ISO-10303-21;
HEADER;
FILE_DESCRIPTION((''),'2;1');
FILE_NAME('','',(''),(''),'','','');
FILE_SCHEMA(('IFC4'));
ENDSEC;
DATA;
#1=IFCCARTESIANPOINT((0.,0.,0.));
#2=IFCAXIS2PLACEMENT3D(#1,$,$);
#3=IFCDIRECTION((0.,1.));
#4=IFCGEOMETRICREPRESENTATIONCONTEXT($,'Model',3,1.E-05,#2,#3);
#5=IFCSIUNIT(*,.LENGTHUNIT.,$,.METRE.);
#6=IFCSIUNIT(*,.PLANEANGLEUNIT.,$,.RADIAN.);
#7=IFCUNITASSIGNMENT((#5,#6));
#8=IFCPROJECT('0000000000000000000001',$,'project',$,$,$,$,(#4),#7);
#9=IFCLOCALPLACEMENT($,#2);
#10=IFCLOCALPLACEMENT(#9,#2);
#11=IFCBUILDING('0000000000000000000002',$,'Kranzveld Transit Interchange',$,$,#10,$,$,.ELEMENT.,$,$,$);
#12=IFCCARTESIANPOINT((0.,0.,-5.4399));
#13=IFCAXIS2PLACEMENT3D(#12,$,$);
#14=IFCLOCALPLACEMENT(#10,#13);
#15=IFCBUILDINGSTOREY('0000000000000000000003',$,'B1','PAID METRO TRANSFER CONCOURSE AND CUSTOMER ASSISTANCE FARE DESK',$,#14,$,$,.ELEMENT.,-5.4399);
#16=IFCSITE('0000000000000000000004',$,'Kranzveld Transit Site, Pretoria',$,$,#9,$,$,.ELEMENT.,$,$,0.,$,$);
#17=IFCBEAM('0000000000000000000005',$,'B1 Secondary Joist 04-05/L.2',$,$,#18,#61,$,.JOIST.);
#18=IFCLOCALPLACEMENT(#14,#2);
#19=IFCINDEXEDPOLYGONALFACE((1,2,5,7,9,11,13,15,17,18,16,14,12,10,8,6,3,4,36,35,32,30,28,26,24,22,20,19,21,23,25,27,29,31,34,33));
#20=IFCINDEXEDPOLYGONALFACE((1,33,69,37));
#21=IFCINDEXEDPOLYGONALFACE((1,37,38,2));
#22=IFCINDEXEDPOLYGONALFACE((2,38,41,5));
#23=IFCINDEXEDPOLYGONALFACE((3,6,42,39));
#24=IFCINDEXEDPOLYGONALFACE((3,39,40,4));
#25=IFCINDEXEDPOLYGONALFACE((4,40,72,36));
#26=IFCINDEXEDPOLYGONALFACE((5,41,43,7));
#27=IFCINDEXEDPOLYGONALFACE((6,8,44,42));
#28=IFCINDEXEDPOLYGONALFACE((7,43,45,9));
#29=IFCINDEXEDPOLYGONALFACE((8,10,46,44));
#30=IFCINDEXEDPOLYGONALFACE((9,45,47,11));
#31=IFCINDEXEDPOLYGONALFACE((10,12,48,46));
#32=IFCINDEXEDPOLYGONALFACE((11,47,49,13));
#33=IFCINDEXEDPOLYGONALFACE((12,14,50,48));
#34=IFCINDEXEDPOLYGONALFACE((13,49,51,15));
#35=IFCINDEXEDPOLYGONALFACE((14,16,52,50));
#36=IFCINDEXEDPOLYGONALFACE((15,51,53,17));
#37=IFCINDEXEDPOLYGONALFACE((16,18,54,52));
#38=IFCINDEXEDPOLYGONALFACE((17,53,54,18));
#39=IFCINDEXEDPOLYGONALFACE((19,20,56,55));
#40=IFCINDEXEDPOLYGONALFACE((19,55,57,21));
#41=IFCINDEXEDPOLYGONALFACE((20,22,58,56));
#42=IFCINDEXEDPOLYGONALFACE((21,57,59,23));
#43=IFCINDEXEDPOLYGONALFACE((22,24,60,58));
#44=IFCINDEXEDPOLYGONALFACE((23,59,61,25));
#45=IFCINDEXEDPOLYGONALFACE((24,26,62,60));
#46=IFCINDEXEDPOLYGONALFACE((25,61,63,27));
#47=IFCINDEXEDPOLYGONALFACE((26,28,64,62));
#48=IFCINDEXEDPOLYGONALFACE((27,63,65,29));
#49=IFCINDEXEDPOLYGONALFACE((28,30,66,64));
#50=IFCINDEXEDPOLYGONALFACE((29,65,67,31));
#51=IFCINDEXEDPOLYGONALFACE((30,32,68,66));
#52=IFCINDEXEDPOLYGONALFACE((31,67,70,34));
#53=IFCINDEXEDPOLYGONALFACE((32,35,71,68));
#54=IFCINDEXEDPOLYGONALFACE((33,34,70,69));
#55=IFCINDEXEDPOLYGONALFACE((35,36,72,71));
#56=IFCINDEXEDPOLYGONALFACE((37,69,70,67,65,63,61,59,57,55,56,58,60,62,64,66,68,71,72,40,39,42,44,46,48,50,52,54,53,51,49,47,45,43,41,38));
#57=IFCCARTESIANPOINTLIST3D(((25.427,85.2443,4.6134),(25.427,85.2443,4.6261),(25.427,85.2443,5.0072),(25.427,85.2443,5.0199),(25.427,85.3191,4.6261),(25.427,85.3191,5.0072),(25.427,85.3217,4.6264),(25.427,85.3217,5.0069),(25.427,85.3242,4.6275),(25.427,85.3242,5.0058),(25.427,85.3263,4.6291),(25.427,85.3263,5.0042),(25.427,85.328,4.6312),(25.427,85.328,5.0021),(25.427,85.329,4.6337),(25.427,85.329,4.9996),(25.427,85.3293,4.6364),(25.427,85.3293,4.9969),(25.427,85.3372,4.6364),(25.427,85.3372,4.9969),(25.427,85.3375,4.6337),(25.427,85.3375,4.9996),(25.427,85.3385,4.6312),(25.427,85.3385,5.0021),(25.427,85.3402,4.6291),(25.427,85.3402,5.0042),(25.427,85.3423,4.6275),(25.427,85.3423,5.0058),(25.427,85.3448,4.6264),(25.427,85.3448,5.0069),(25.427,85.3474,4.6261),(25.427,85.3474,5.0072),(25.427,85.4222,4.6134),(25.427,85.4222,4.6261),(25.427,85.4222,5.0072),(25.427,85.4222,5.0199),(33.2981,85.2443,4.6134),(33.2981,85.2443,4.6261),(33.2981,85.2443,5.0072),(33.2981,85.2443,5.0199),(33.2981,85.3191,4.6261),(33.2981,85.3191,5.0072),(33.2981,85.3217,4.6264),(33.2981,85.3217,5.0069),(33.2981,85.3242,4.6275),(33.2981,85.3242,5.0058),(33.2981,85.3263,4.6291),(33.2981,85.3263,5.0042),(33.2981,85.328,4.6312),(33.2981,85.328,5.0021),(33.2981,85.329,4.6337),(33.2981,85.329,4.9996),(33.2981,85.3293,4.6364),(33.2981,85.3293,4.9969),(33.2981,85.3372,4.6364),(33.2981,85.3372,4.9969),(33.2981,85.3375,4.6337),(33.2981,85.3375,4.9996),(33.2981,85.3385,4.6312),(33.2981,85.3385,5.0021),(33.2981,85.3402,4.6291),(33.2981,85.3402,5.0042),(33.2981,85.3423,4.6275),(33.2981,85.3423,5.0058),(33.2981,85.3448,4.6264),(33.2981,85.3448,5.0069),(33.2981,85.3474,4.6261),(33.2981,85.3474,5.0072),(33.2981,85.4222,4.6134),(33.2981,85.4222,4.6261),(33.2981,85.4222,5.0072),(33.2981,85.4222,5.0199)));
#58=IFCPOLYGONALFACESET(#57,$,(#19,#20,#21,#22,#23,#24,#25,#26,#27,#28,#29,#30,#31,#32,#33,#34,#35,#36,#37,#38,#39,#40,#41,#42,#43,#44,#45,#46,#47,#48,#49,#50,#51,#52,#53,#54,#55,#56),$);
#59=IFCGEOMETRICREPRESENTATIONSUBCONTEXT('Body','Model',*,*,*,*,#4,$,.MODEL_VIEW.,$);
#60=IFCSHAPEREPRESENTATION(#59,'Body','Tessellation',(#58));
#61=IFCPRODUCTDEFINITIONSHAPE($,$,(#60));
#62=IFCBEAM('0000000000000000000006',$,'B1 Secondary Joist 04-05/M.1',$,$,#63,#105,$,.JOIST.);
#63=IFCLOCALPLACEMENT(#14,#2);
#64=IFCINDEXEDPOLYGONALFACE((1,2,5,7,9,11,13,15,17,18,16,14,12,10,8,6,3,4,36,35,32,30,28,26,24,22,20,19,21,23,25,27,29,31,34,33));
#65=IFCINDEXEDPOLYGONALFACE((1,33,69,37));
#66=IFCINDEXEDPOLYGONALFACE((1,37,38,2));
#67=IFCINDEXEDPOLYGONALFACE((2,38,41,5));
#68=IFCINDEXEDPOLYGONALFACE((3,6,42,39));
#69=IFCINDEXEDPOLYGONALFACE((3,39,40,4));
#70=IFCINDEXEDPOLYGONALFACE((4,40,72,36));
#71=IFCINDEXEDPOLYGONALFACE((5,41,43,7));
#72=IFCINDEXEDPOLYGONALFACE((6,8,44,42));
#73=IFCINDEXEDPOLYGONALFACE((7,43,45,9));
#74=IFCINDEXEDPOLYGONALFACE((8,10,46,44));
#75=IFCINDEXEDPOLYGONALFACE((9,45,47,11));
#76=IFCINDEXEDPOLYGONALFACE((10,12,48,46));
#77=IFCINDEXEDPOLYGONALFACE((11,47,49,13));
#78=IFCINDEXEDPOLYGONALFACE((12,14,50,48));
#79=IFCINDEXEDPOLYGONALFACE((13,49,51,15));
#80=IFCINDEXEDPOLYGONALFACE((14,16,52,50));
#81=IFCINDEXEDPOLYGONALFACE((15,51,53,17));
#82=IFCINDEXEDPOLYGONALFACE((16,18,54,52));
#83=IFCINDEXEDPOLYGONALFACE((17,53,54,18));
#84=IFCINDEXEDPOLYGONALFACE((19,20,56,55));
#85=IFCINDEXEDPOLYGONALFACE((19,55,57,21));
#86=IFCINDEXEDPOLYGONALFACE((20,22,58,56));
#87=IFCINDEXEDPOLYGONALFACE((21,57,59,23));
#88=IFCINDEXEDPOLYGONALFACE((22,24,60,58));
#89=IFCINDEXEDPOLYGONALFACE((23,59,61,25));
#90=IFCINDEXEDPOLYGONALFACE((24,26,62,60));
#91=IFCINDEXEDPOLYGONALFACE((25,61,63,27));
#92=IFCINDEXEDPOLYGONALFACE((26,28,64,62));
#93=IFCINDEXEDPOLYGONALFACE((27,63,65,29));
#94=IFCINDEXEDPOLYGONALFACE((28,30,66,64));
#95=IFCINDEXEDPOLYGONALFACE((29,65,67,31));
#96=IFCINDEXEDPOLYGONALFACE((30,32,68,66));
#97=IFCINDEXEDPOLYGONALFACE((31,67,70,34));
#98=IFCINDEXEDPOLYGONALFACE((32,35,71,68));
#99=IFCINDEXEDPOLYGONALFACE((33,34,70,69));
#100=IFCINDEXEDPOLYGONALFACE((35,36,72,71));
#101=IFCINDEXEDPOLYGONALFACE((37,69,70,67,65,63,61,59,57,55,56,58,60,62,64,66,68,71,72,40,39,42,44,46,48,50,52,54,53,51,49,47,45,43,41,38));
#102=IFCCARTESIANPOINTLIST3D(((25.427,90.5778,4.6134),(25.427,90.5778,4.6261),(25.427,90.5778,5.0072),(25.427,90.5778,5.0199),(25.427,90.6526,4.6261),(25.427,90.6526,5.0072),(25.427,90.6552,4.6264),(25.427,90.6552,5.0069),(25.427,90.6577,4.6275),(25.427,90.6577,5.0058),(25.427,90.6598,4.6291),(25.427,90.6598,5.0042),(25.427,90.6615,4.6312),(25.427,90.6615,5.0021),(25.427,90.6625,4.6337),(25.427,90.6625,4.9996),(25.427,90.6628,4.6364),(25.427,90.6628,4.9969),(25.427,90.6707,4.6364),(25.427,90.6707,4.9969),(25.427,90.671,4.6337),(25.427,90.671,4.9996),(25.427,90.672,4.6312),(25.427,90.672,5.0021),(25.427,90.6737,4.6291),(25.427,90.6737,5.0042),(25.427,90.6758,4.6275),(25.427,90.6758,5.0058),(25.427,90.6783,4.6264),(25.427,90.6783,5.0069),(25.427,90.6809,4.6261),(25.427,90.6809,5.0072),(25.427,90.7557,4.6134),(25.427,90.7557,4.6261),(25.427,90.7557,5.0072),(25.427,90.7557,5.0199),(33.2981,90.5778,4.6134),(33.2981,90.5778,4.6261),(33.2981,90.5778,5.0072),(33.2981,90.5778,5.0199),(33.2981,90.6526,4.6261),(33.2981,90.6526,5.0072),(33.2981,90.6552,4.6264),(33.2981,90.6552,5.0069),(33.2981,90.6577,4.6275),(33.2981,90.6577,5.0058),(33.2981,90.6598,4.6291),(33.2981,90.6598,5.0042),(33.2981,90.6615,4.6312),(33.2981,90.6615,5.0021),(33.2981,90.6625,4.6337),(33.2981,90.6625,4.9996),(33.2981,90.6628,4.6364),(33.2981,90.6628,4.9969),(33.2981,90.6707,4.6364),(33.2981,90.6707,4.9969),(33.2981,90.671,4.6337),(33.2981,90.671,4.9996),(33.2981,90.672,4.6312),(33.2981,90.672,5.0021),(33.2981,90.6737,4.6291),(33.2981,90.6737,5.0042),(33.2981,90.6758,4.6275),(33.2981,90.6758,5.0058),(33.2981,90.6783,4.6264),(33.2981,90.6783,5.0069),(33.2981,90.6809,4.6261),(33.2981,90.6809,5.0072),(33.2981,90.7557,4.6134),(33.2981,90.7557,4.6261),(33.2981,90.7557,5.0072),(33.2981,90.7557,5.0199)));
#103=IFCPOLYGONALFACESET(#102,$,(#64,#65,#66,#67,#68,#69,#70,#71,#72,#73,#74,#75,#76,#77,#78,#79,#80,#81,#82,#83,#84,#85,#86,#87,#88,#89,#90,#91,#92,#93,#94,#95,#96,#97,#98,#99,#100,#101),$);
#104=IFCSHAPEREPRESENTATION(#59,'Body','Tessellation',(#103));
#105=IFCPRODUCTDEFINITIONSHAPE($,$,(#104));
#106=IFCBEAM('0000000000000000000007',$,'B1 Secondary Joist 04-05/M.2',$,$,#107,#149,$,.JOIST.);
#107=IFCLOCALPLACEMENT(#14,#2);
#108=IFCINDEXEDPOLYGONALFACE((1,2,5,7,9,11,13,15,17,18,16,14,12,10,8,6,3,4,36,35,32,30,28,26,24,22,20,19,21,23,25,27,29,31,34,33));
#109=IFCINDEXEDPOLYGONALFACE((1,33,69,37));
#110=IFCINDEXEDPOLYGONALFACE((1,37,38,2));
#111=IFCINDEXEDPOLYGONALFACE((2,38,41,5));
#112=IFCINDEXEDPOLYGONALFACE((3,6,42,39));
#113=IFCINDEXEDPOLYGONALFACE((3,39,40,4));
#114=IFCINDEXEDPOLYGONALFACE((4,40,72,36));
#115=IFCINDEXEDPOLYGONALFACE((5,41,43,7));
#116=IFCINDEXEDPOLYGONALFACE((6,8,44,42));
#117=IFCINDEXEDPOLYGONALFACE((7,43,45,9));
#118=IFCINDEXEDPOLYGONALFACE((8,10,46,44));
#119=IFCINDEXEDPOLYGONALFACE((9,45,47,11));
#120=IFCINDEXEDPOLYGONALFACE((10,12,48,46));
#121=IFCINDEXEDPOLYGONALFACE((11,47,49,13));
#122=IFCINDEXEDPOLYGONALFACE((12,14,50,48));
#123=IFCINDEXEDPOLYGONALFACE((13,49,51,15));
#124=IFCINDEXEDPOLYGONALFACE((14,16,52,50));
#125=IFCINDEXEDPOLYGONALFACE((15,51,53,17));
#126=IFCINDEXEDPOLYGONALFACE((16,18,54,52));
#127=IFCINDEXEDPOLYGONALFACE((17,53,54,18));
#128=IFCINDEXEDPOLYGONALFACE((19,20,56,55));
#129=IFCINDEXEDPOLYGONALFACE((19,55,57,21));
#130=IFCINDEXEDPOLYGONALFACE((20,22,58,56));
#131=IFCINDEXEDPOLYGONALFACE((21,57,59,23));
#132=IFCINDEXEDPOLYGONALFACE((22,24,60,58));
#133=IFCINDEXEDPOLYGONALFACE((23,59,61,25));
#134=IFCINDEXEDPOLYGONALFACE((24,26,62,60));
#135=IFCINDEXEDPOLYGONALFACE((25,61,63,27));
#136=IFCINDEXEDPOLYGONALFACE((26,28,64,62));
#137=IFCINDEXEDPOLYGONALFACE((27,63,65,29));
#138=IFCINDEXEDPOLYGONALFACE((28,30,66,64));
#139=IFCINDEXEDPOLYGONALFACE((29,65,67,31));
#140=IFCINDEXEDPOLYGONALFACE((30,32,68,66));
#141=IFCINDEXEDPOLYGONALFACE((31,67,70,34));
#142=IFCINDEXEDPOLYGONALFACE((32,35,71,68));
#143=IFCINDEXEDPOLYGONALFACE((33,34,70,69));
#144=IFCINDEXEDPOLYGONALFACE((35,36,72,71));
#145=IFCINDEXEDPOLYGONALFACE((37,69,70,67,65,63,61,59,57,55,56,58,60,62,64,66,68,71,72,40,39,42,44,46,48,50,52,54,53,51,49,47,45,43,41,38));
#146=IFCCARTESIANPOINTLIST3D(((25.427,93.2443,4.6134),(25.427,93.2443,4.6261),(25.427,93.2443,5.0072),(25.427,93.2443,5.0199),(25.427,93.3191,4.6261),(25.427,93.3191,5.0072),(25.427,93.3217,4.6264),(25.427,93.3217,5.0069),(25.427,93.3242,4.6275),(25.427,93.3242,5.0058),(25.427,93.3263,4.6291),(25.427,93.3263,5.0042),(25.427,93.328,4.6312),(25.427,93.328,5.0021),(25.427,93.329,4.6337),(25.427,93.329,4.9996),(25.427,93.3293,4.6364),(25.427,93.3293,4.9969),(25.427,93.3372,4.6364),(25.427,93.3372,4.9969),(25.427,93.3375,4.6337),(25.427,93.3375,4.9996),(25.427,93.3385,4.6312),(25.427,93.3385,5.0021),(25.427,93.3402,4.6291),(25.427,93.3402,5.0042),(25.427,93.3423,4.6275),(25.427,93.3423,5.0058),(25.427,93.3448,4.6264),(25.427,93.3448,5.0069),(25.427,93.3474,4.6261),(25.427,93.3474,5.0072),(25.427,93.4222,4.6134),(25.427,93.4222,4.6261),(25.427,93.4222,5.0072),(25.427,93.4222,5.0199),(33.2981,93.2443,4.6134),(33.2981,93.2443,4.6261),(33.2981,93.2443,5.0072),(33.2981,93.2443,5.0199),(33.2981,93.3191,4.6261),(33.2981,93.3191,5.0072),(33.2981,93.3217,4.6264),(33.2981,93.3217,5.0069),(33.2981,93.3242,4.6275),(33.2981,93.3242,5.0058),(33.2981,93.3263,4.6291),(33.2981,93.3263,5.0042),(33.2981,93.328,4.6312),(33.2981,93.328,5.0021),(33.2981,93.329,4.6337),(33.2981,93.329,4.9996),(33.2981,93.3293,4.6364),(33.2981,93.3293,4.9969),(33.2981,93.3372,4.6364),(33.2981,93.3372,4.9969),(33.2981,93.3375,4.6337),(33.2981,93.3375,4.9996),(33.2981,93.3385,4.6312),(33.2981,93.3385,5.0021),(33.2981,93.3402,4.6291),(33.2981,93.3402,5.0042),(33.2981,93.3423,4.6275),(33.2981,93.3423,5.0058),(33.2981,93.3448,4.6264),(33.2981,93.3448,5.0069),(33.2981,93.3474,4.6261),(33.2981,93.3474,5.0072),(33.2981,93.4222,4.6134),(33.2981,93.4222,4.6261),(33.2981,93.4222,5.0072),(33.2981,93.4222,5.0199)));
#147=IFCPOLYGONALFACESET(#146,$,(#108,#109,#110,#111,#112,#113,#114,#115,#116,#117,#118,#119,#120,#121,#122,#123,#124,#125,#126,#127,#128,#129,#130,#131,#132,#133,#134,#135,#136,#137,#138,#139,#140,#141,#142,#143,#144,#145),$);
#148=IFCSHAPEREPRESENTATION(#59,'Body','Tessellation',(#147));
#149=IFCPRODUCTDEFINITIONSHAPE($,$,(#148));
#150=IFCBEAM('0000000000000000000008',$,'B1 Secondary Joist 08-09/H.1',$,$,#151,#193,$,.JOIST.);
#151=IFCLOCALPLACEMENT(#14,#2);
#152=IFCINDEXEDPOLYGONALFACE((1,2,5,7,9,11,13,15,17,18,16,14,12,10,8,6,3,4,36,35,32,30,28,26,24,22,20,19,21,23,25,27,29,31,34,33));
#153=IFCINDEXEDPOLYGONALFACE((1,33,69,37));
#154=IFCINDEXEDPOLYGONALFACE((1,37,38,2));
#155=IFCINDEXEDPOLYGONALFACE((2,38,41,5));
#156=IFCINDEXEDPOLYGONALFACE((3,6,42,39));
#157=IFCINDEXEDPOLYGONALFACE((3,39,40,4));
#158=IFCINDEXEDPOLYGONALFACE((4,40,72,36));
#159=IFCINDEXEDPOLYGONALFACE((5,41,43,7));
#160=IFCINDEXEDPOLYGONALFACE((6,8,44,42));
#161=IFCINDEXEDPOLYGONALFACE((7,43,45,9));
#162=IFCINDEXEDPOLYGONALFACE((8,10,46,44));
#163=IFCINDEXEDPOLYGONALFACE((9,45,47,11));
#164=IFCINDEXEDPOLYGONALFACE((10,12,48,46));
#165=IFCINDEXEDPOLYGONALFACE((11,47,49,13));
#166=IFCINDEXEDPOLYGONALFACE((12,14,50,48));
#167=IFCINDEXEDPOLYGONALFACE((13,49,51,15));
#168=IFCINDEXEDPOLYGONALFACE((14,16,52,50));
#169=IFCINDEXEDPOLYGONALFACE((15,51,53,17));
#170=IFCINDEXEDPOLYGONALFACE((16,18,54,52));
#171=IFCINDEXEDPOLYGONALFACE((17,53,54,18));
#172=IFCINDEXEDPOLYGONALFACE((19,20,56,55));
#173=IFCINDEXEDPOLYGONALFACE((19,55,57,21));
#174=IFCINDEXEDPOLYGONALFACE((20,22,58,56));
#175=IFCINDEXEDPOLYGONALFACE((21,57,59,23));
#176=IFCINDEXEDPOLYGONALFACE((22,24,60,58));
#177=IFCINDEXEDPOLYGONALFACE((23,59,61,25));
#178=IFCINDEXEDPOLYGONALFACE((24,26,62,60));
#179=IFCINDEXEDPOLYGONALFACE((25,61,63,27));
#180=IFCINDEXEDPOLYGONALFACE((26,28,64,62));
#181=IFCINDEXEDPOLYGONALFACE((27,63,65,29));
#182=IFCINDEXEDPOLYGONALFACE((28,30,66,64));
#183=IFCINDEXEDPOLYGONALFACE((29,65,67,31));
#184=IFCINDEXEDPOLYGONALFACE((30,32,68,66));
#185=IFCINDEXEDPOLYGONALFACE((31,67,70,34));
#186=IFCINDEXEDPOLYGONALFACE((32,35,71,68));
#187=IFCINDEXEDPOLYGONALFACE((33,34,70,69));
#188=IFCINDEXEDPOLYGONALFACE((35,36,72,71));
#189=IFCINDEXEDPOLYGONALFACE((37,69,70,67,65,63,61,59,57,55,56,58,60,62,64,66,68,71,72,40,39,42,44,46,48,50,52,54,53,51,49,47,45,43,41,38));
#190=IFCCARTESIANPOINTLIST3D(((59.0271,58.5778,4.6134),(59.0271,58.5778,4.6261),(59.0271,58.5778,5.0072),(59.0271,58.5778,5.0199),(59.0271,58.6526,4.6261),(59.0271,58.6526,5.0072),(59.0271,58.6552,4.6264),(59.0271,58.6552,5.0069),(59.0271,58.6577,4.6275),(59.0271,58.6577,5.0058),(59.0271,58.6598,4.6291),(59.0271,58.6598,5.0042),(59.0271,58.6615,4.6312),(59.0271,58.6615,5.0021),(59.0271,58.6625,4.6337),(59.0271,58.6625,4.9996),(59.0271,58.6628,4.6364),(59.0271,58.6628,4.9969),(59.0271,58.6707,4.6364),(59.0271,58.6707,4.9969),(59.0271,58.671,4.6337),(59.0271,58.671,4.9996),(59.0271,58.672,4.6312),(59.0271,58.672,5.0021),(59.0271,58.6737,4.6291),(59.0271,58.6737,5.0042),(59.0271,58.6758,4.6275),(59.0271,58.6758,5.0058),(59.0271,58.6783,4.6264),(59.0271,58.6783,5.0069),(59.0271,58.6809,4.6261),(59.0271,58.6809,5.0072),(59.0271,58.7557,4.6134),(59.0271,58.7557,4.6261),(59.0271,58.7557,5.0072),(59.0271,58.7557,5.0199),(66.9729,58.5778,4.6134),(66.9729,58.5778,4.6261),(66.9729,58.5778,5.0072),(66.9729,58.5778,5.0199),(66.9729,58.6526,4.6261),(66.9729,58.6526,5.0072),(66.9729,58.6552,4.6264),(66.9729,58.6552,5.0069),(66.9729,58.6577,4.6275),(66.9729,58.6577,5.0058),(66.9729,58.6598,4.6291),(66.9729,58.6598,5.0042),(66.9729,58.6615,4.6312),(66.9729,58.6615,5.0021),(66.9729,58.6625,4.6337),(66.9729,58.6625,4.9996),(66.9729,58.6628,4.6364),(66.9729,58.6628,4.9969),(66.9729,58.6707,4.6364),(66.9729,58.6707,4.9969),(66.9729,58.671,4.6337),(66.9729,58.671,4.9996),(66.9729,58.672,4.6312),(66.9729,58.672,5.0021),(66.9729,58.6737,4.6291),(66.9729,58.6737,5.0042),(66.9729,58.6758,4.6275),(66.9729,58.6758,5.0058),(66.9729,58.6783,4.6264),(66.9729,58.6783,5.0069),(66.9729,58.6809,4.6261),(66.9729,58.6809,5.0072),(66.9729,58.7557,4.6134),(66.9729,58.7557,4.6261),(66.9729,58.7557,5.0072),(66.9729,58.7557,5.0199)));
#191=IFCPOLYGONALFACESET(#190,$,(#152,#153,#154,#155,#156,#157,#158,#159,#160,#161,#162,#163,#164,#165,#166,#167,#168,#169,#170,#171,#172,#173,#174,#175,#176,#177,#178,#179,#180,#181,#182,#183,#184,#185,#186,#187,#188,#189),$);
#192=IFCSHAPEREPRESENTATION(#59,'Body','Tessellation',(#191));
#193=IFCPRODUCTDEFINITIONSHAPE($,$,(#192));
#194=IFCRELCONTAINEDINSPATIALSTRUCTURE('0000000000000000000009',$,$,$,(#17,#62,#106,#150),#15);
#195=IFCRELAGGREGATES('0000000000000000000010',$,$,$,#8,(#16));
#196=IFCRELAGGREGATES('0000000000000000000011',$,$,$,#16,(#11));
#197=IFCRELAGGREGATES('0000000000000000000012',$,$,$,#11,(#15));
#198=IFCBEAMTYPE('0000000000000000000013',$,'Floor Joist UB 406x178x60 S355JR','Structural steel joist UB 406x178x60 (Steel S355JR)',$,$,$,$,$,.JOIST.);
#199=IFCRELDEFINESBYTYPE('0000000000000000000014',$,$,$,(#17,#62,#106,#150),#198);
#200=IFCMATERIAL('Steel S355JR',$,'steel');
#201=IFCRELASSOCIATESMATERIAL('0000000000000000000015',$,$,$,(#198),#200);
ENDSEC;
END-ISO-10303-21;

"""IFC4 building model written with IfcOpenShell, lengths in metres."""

from ifc_helpers import new_model, si_unit, direction, frame, origin, origin_2d, place, context, subcontext, project, spatial, i_section, extrude, material, material_profile, profile_set, type_object, element, save


model = new_model("IFC4")

# Units and contexts
model_context = context("Model", 3, precision=1e-05, world=origin(), true_north=direction((0.0, 1.0)))
body_context = subcontext(model_context, "Body", "Model", "MODEL_VIEW")
ifc_project = project(units=[si_unit("LENGTHUNIT", "METRE"), si_unit("PLANEANGLEUNIT", "RADIAN")], contexts=[model_context])

# Site, building, storey
site_placement = place(None, origin())
site = spatial("IfcSite", under=ifc_project, at=site_placement, Name="Kranzveld Transit Site, Pretoria", CompositionType="ELEMENT", RefElevation=0.0)
building_placement = place(site_placement, origin())
building = spatial("IfcBuilding", under=site, at=building_placement, Name="Kranzveld Transit Interchange", CompositionType="ELEMENT")
storey_placement = place(building_placement, frame((0.0, 0.0, -5.4399)))
storey = spatial("IfcBuildingStorey", under=building, at=storey_placement, Name="B1", Description="PAID METRO TRANSFER CONCOURSE AND CUSTOMER ASSISTANCE FARE DESK", CompositionType="ELEMENT", Elevation=-5.4399)

# Beams
ifc_material_1 = material(Name="Steel S355JR", Category="steel")
ifc_material_profile_1 = material_profile(ifc_material_1, i_section(OverallWidth=0.178, OverallDepth=0.4065, WebThickness=0.0078, FlangeThickness=0.0127, FilletRadius=0.0103, at=origin_2d()), Name="UB 406x178x60")
ifc_profile_set_1 = profile_set([ifc_material_profile_1], Name="Steel S355JR")
beam_type_1 = type_object("IfcBeamType", Name="Floor Joist UB 406x178x60 S355JR", Description="Structural steel joist UB 406x178x60 (Steel S355JR)", PredefinedType="JOIST", material=ifc_profile_set_1)
for number, where, z_axis, x_axis, name in (
    (1, (25.427, 85.3333, 4.8167), (1.0, 0.0, 0.0), (0.0, 1.0, 0.0), "B1 Secondary Joist 04-05/L.2"),
    (2, (25.427, 90.6667, 4.8167), (1.0, 0.0, 0.0), (0.0, 1.0, 0.0), "B1 Secondary Joist 04-05/M.1"),
    (3, (25.427, 93.3333, 4.8167), (1.0, 0.0, 0.0), (0.0, 1.0, 0.0), "B1 Secondary Joist 04-05/M.2"),
):
    element("IfcBeam", number, at=place(storey_placement, frame(where, z_axis=z_axis, x_axis=x_axis)), inside=storey, type_object=beam_type_1, Name=name, PredefinedType="JOIST", context=body_context, shape_type="SweptSolid", body=[
        extrude(i_section(OverallWidth=0.178, OverallDepth=0.4065, WebThickness=0.0078, FlangeThickness=0.0127, FilletRadius=0.0103, at=origin_2d()), origin(), (0.0, 0.0, 1.0), 7.8711),
    ])
for number, where, z_axis, x_axis, name in (
    (4, (59.0271, 58.6667, 4.8167), (1.0, 0.0, 0.0), (0.0, 1.0, 0.0), "B1 Secondary Joist 08-09/H.1"),
):
    element("IfcBeam", number, at=place(storey_placement, frame(where, z_axis=z_axis, x_axis=x_axis)), inside=storey, type_object=beam_type_1, Name=name, PredefinedType="JOIST", context=body_context, shape_type="SweptSolid", body=[
        extrude(i_section(OverallWidth=0.178, OverallDepth=0.4065, WebThickness=0.0078, FlangeThickness=0.0127, FilletRadius=0.0103, at=origin_2d()), origin(), (0.0, 0.0, 1.0), 7.9458),
    ])

save(model, "model.ifc")
